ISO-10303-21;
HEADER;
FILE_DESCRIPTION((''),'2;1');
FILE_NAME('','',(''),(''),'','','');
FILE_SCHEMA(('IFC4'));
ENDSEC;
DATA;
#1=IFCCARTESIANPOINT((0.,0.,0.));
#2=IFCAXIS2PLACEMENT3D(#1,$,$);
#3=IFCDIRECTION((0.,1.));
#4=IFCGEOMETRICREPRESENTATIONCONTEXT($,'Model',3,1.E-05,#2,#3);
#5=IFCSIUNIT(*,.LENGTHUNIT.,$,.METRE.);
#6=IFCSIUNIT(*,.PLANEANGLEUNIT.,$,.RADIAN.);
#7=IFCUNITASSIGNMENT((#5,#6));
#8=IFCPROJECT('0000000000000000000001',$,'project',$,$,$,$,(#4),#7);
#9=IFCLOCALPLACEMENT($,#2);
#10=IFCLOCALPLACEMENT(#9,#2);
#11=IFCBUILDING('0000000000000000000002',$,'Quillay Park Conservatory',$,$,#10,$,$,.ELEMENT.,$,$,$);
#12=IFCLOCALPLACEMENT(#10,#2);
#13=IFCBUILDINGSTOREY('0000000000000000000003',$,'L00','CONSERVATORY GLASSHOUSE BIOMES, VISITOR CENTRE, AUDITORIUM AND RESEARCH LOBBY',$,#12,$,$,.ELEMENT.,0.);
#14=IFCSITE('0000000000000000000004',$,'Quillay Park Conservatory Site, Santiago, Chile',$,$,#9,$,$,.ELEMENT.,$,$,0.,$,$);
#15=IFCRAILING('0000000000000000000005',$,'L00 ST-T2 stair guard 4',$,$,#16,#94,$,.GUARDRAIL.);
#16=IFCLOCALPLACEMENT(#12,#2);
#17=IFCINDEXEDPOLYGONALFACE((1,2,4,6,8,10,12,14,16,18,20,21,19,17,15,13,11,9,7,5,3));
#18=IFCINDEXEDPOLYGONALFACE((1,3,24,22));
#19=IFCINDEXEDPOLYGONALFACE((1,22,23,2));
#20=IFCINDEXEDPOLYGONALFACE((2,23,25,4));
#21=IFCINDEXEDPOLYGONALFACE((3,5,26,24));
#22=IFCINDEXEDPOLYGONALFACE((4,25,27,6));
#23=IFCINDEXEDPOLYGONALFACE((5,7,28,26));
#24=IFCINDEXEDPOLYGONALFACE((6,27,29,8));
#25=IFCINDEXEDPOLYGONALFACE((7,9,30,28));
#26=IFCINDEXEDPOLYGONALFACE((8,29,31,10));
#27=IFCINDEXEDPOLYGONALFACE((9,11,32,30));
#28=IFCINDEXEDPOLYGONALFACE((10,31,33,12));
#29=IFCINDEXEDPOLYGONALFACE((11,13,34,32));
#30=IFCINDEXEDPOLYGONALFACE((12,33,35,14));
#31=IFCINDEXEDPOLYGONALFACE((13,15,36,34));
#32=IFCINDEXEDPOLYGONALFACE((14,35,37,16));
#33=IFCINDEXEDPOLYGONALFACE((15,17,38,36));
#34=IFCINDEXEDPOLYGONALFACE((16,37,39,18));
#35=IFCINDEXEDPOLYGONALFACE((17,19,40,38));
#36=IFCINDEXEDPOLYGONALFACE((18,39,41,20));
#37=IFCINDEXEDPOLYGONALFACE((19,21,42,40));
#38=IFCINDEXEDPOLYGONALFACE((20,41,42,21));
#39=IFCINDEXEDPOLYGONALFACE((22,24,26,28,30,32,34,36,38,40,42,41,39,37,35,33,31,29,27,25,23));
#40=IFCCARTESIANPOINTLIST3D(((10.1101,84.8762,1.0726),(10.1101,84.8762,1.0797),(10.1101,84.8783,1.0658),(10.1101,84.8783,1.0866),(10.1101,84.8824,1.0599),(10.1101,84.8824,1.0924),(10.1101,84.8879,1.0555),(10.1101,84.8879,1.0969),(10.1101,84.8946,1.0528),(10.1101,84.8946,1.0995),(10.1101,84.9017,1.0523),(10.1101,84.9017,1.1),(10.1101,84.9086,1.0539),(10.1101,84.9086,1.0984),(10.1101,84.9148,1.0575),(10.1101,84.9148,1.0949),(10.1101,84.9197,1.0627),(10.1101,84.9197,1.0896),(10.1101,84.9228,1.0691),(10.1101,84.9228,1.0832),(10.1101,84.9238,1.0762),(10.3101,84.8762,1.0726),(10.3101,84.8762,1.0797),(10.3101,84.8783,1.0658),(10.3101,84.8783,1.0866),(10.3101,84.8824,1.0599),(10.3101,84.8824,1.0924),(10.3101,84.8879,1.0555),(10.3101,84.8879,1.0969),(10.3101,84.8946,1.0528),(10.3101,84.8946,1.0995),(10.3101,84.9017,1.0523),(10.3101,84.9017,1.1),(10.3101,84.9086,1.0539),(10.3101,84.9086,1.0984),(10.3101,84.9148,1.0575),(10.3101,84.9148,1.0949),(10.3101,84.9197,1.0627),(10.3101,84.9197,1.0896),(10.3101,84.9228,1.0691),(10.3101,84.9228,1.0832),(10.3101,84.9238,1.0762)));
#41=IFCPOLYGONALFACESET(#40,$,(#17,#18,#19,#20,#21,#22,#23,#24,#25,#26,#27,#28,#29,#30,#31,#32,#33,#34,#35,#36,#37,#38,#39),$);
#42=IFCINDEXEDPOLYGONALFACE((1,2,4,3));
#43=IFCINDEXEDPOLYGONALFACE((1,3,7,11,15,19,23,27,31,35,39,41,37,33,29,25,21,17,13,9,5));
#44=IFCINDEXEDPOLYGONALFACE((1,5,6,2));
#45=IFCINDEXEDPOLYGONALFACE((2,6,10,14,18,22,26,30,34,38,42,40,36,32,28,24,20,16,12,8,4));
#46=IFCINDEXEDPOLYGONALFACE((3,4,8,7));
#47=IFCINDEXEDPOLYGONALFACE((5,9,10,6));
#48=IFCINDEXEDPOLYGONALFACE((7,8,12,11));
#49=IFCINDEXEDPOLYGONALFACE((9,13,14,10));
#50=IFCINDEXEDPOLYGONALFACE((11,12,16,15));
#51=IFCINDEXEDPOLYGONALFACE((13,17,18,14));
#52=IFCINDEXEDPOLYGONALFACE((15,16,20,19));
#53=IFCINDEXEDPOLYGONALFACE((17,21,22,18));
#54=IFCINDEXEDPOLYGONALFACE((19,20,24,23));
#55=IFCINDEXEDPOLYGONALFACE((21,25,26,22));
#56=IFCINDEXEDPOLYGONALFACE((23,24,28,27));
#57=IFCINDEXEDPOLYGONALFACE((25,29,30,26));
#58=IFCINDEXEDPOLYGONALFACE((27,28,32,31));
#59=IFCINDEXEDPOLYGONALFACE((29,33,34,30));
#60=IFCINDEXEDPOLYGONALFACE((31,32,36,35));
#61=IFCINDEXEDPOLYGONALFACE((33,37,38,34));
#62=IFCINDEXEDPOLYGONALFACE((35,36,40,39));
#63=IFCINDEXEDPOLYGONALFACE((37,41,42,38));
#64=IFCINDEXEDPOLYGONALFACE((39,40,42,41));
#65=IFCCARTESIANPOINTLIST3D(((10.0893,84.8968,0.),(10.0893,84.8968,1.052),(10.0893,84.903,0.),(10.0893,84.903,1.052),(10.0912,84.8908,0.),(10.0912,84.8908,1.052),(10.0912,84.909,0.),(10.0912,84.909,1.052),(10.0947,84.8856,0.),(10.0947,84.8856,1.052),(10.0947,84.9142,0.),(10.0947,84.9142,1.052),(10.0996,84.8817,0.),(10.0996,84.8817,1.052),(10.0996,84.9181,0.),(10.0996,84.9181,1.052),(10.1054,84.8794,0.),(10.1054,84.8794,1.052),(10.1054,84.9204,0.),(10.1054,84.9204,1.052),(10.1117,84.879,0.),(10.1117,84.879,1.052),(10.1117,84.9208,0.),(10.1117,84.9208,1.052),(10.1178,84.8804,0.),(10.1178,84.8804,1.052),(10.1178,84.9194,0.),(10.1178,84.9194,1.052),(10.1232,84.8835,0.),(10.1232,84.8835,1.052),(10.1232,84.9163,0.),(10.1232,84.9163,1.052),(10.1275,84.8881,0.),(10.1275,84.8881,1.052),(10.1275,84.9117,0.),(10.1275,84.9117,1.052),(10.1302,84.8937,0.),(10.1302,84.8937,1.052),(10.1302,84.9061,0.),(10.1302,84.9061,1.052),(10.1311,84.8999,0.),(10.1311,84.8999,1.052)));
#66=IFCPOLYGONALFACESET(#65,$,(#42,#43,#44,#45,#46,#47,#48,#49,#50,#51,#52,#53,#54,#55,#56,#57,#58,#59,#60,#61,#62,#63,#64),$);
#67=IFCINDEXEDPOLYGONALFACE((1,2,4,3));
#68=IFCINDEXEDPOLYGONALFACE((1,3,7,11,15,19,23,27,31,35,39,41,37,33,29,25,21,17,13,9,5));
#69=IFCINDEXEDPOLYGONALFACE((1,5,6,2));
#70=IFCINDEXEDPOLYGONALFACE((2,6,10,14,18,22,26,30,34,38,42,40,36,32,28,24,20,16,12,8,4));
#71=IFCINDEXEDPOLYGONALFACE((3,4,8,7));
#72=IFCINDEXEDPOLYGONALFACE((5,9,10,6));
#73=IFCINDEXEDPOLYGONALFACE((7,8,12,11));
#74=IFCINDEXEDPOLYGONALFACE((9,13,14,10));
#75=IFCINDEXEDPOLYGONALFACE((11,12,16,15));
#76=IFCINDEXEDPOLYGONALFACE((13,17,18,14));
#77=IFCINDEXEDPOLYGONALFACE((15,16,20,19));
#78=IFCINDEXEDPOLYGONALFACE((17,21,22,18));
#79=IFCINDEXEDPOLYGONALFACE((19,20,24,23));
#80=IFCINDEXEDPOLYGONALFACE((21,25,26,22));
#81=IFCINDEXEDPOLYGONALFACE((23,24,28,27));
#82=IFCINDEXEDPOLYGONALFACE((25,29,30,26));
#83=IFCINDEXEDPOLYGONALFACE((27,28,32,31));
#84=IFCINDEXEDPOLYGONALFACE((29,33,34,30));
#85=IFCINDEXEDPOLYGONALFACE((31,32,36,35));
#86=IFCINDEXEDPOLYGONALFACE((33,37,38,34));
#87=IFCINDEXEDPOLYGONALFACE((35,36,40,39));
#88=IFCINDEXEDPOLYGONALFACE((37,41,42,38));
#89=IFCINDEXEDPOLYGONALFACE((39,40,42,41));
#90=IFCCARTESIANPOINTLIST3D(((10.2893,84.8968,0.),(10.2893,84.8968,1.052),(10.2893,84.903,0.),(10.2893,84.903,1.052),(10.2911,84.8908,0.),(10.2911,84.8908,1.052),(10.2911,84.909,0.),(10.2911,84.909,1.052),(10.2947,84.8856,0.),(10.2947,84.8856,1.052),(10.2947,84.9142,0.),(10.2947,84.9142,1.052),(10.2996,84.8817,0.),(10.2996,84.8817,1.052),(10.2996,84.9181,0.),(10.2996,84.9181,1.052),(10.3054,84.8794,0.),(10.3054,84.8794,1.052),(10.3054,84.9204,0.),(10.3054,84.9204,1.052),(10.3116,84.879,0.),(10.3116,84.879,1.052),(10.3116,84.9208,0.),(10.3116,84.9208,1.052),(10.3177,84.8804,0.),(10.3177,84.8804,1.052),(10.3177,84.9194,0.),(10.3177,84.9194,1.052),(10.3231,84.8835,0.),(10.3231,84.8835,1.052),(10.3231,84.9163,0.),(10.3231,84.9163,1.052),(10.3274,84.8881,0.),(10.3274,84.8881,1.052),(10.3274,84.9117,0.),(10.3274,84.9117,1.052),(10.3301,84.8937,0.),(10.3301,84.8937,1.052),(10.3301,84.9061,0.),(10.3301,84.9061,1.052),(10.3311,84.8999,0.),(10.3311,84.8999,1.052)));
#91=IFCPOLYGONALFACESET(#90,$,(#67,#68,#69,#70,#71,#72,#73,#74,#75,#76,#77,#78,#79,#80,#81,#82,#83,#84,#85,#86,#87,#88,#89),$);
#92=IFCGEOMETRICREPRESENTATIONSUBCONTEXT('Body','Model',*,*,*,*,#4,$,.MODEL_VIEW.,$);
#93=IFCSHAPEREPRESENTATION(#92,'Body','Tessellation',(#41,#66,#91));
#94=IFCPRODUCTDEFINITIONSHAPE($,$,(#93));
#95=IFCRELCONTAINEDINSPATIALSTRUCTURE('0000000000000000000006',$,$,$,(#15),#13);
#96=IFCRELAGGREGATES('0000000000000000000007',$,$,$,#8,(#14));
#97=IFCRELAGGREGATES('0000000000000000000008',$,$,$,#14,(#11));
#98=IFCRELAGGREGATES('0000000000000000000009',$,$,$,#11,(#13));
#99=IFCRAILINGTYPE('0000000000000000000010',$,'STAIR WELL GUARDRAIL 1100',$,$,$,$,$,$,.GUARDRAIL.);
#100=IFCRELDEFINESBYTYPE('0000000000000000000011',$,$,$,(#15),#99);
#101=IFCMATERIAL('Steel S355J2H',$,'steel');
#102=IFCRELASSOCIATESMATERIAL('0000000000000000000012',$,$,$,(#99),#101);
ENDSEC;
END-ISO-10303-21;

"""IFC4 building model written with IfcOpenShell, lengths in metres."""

from ifc_helpers import new_model, si_unit, direction, frame, origin, origin_2d, place, context, subcontext, project, spatial, circle, extrude, material, type_object, element, save


model = new_model("IFC4")

# Units and contexts
model_context = context("Model", 3, precision=1e-05, world=origin(), true_north=direction((0.0, 1.0)))
body_context = subcontext(model_context, "Body", "Model", "MODEL_VIEW")
ifc_project = project(units=[si_unit("LENGTHUNIT", "METRE"), si_unit("PLANEANGLEUNIT", "RADIAN")], contexts=[model_context])

# Site, building, storey
site_placement = place(None, origin())
site = spatial("IfcSite", under=ifc_project, at=site_placement, Name="Quillay Park Conservatory Site, Santiago, Chile", CompositionType="ELEMENT", RefElevation=0.0)
building_placement = place(site_placement, origin())
building = spatial("IfcBuilding", under=site, at=building_placement, Name="Quillay Park Conservatory", CompositionType="ELEMENT")
storey_placement = place(building_placement, origin())
storey = spatial("IfcBuildingStorey", under=building, at=storey_placement, Name="L00", Description="CONSERVATORY GLASSHOUSE BIOMES, VISITOR CENTRE, AUDITORIUM AND RESEARCH LOBBY", CompositionType="ELEMENT", Elevation=0.0)

# Railing
ifc_material_1 = material(Name="Steel S355J2H", Category="steel")
railing_type_1 = type_object("IfcRailingType", Name="STAIR WELL GUARDRAIL 1100", PredefinedType="GUARDRAIL", material=ifc_material_1)
railing_1_placement = place(storey_placement, frame((10.1101, 84.8999, 0.0)))
element("IfcRailing", 1, at=railing_1_placement, inside=storey, type_object=railing_type_1, Name="L00 ST-T2 stair guard 4", PredefinedType="GUARDRAIL", context=body_context, shape_type="SweptSolid", body=[
    extrude(circle(Radius=0.0239, at=origin_2d()), frame((0.0, 0.0, 1.0762), z_axis=(1.0, 0.0, 0.0), x_axis=(0.0, 1.0, 0.0)), (0.0, 0.0, 1.0), 0.2),
    extrude(circle(Radius=0.021, at=origin_2d()), origin(), (0.0, 0.0, 1.0), 1.052),
    extrude(circle(Radius=0.021, at=origin_2d()), frame((0.2, 0.0, 0.0)), (0.0, 0.0, 1.0), 1.052),
])

save(model, "model.ifc")
